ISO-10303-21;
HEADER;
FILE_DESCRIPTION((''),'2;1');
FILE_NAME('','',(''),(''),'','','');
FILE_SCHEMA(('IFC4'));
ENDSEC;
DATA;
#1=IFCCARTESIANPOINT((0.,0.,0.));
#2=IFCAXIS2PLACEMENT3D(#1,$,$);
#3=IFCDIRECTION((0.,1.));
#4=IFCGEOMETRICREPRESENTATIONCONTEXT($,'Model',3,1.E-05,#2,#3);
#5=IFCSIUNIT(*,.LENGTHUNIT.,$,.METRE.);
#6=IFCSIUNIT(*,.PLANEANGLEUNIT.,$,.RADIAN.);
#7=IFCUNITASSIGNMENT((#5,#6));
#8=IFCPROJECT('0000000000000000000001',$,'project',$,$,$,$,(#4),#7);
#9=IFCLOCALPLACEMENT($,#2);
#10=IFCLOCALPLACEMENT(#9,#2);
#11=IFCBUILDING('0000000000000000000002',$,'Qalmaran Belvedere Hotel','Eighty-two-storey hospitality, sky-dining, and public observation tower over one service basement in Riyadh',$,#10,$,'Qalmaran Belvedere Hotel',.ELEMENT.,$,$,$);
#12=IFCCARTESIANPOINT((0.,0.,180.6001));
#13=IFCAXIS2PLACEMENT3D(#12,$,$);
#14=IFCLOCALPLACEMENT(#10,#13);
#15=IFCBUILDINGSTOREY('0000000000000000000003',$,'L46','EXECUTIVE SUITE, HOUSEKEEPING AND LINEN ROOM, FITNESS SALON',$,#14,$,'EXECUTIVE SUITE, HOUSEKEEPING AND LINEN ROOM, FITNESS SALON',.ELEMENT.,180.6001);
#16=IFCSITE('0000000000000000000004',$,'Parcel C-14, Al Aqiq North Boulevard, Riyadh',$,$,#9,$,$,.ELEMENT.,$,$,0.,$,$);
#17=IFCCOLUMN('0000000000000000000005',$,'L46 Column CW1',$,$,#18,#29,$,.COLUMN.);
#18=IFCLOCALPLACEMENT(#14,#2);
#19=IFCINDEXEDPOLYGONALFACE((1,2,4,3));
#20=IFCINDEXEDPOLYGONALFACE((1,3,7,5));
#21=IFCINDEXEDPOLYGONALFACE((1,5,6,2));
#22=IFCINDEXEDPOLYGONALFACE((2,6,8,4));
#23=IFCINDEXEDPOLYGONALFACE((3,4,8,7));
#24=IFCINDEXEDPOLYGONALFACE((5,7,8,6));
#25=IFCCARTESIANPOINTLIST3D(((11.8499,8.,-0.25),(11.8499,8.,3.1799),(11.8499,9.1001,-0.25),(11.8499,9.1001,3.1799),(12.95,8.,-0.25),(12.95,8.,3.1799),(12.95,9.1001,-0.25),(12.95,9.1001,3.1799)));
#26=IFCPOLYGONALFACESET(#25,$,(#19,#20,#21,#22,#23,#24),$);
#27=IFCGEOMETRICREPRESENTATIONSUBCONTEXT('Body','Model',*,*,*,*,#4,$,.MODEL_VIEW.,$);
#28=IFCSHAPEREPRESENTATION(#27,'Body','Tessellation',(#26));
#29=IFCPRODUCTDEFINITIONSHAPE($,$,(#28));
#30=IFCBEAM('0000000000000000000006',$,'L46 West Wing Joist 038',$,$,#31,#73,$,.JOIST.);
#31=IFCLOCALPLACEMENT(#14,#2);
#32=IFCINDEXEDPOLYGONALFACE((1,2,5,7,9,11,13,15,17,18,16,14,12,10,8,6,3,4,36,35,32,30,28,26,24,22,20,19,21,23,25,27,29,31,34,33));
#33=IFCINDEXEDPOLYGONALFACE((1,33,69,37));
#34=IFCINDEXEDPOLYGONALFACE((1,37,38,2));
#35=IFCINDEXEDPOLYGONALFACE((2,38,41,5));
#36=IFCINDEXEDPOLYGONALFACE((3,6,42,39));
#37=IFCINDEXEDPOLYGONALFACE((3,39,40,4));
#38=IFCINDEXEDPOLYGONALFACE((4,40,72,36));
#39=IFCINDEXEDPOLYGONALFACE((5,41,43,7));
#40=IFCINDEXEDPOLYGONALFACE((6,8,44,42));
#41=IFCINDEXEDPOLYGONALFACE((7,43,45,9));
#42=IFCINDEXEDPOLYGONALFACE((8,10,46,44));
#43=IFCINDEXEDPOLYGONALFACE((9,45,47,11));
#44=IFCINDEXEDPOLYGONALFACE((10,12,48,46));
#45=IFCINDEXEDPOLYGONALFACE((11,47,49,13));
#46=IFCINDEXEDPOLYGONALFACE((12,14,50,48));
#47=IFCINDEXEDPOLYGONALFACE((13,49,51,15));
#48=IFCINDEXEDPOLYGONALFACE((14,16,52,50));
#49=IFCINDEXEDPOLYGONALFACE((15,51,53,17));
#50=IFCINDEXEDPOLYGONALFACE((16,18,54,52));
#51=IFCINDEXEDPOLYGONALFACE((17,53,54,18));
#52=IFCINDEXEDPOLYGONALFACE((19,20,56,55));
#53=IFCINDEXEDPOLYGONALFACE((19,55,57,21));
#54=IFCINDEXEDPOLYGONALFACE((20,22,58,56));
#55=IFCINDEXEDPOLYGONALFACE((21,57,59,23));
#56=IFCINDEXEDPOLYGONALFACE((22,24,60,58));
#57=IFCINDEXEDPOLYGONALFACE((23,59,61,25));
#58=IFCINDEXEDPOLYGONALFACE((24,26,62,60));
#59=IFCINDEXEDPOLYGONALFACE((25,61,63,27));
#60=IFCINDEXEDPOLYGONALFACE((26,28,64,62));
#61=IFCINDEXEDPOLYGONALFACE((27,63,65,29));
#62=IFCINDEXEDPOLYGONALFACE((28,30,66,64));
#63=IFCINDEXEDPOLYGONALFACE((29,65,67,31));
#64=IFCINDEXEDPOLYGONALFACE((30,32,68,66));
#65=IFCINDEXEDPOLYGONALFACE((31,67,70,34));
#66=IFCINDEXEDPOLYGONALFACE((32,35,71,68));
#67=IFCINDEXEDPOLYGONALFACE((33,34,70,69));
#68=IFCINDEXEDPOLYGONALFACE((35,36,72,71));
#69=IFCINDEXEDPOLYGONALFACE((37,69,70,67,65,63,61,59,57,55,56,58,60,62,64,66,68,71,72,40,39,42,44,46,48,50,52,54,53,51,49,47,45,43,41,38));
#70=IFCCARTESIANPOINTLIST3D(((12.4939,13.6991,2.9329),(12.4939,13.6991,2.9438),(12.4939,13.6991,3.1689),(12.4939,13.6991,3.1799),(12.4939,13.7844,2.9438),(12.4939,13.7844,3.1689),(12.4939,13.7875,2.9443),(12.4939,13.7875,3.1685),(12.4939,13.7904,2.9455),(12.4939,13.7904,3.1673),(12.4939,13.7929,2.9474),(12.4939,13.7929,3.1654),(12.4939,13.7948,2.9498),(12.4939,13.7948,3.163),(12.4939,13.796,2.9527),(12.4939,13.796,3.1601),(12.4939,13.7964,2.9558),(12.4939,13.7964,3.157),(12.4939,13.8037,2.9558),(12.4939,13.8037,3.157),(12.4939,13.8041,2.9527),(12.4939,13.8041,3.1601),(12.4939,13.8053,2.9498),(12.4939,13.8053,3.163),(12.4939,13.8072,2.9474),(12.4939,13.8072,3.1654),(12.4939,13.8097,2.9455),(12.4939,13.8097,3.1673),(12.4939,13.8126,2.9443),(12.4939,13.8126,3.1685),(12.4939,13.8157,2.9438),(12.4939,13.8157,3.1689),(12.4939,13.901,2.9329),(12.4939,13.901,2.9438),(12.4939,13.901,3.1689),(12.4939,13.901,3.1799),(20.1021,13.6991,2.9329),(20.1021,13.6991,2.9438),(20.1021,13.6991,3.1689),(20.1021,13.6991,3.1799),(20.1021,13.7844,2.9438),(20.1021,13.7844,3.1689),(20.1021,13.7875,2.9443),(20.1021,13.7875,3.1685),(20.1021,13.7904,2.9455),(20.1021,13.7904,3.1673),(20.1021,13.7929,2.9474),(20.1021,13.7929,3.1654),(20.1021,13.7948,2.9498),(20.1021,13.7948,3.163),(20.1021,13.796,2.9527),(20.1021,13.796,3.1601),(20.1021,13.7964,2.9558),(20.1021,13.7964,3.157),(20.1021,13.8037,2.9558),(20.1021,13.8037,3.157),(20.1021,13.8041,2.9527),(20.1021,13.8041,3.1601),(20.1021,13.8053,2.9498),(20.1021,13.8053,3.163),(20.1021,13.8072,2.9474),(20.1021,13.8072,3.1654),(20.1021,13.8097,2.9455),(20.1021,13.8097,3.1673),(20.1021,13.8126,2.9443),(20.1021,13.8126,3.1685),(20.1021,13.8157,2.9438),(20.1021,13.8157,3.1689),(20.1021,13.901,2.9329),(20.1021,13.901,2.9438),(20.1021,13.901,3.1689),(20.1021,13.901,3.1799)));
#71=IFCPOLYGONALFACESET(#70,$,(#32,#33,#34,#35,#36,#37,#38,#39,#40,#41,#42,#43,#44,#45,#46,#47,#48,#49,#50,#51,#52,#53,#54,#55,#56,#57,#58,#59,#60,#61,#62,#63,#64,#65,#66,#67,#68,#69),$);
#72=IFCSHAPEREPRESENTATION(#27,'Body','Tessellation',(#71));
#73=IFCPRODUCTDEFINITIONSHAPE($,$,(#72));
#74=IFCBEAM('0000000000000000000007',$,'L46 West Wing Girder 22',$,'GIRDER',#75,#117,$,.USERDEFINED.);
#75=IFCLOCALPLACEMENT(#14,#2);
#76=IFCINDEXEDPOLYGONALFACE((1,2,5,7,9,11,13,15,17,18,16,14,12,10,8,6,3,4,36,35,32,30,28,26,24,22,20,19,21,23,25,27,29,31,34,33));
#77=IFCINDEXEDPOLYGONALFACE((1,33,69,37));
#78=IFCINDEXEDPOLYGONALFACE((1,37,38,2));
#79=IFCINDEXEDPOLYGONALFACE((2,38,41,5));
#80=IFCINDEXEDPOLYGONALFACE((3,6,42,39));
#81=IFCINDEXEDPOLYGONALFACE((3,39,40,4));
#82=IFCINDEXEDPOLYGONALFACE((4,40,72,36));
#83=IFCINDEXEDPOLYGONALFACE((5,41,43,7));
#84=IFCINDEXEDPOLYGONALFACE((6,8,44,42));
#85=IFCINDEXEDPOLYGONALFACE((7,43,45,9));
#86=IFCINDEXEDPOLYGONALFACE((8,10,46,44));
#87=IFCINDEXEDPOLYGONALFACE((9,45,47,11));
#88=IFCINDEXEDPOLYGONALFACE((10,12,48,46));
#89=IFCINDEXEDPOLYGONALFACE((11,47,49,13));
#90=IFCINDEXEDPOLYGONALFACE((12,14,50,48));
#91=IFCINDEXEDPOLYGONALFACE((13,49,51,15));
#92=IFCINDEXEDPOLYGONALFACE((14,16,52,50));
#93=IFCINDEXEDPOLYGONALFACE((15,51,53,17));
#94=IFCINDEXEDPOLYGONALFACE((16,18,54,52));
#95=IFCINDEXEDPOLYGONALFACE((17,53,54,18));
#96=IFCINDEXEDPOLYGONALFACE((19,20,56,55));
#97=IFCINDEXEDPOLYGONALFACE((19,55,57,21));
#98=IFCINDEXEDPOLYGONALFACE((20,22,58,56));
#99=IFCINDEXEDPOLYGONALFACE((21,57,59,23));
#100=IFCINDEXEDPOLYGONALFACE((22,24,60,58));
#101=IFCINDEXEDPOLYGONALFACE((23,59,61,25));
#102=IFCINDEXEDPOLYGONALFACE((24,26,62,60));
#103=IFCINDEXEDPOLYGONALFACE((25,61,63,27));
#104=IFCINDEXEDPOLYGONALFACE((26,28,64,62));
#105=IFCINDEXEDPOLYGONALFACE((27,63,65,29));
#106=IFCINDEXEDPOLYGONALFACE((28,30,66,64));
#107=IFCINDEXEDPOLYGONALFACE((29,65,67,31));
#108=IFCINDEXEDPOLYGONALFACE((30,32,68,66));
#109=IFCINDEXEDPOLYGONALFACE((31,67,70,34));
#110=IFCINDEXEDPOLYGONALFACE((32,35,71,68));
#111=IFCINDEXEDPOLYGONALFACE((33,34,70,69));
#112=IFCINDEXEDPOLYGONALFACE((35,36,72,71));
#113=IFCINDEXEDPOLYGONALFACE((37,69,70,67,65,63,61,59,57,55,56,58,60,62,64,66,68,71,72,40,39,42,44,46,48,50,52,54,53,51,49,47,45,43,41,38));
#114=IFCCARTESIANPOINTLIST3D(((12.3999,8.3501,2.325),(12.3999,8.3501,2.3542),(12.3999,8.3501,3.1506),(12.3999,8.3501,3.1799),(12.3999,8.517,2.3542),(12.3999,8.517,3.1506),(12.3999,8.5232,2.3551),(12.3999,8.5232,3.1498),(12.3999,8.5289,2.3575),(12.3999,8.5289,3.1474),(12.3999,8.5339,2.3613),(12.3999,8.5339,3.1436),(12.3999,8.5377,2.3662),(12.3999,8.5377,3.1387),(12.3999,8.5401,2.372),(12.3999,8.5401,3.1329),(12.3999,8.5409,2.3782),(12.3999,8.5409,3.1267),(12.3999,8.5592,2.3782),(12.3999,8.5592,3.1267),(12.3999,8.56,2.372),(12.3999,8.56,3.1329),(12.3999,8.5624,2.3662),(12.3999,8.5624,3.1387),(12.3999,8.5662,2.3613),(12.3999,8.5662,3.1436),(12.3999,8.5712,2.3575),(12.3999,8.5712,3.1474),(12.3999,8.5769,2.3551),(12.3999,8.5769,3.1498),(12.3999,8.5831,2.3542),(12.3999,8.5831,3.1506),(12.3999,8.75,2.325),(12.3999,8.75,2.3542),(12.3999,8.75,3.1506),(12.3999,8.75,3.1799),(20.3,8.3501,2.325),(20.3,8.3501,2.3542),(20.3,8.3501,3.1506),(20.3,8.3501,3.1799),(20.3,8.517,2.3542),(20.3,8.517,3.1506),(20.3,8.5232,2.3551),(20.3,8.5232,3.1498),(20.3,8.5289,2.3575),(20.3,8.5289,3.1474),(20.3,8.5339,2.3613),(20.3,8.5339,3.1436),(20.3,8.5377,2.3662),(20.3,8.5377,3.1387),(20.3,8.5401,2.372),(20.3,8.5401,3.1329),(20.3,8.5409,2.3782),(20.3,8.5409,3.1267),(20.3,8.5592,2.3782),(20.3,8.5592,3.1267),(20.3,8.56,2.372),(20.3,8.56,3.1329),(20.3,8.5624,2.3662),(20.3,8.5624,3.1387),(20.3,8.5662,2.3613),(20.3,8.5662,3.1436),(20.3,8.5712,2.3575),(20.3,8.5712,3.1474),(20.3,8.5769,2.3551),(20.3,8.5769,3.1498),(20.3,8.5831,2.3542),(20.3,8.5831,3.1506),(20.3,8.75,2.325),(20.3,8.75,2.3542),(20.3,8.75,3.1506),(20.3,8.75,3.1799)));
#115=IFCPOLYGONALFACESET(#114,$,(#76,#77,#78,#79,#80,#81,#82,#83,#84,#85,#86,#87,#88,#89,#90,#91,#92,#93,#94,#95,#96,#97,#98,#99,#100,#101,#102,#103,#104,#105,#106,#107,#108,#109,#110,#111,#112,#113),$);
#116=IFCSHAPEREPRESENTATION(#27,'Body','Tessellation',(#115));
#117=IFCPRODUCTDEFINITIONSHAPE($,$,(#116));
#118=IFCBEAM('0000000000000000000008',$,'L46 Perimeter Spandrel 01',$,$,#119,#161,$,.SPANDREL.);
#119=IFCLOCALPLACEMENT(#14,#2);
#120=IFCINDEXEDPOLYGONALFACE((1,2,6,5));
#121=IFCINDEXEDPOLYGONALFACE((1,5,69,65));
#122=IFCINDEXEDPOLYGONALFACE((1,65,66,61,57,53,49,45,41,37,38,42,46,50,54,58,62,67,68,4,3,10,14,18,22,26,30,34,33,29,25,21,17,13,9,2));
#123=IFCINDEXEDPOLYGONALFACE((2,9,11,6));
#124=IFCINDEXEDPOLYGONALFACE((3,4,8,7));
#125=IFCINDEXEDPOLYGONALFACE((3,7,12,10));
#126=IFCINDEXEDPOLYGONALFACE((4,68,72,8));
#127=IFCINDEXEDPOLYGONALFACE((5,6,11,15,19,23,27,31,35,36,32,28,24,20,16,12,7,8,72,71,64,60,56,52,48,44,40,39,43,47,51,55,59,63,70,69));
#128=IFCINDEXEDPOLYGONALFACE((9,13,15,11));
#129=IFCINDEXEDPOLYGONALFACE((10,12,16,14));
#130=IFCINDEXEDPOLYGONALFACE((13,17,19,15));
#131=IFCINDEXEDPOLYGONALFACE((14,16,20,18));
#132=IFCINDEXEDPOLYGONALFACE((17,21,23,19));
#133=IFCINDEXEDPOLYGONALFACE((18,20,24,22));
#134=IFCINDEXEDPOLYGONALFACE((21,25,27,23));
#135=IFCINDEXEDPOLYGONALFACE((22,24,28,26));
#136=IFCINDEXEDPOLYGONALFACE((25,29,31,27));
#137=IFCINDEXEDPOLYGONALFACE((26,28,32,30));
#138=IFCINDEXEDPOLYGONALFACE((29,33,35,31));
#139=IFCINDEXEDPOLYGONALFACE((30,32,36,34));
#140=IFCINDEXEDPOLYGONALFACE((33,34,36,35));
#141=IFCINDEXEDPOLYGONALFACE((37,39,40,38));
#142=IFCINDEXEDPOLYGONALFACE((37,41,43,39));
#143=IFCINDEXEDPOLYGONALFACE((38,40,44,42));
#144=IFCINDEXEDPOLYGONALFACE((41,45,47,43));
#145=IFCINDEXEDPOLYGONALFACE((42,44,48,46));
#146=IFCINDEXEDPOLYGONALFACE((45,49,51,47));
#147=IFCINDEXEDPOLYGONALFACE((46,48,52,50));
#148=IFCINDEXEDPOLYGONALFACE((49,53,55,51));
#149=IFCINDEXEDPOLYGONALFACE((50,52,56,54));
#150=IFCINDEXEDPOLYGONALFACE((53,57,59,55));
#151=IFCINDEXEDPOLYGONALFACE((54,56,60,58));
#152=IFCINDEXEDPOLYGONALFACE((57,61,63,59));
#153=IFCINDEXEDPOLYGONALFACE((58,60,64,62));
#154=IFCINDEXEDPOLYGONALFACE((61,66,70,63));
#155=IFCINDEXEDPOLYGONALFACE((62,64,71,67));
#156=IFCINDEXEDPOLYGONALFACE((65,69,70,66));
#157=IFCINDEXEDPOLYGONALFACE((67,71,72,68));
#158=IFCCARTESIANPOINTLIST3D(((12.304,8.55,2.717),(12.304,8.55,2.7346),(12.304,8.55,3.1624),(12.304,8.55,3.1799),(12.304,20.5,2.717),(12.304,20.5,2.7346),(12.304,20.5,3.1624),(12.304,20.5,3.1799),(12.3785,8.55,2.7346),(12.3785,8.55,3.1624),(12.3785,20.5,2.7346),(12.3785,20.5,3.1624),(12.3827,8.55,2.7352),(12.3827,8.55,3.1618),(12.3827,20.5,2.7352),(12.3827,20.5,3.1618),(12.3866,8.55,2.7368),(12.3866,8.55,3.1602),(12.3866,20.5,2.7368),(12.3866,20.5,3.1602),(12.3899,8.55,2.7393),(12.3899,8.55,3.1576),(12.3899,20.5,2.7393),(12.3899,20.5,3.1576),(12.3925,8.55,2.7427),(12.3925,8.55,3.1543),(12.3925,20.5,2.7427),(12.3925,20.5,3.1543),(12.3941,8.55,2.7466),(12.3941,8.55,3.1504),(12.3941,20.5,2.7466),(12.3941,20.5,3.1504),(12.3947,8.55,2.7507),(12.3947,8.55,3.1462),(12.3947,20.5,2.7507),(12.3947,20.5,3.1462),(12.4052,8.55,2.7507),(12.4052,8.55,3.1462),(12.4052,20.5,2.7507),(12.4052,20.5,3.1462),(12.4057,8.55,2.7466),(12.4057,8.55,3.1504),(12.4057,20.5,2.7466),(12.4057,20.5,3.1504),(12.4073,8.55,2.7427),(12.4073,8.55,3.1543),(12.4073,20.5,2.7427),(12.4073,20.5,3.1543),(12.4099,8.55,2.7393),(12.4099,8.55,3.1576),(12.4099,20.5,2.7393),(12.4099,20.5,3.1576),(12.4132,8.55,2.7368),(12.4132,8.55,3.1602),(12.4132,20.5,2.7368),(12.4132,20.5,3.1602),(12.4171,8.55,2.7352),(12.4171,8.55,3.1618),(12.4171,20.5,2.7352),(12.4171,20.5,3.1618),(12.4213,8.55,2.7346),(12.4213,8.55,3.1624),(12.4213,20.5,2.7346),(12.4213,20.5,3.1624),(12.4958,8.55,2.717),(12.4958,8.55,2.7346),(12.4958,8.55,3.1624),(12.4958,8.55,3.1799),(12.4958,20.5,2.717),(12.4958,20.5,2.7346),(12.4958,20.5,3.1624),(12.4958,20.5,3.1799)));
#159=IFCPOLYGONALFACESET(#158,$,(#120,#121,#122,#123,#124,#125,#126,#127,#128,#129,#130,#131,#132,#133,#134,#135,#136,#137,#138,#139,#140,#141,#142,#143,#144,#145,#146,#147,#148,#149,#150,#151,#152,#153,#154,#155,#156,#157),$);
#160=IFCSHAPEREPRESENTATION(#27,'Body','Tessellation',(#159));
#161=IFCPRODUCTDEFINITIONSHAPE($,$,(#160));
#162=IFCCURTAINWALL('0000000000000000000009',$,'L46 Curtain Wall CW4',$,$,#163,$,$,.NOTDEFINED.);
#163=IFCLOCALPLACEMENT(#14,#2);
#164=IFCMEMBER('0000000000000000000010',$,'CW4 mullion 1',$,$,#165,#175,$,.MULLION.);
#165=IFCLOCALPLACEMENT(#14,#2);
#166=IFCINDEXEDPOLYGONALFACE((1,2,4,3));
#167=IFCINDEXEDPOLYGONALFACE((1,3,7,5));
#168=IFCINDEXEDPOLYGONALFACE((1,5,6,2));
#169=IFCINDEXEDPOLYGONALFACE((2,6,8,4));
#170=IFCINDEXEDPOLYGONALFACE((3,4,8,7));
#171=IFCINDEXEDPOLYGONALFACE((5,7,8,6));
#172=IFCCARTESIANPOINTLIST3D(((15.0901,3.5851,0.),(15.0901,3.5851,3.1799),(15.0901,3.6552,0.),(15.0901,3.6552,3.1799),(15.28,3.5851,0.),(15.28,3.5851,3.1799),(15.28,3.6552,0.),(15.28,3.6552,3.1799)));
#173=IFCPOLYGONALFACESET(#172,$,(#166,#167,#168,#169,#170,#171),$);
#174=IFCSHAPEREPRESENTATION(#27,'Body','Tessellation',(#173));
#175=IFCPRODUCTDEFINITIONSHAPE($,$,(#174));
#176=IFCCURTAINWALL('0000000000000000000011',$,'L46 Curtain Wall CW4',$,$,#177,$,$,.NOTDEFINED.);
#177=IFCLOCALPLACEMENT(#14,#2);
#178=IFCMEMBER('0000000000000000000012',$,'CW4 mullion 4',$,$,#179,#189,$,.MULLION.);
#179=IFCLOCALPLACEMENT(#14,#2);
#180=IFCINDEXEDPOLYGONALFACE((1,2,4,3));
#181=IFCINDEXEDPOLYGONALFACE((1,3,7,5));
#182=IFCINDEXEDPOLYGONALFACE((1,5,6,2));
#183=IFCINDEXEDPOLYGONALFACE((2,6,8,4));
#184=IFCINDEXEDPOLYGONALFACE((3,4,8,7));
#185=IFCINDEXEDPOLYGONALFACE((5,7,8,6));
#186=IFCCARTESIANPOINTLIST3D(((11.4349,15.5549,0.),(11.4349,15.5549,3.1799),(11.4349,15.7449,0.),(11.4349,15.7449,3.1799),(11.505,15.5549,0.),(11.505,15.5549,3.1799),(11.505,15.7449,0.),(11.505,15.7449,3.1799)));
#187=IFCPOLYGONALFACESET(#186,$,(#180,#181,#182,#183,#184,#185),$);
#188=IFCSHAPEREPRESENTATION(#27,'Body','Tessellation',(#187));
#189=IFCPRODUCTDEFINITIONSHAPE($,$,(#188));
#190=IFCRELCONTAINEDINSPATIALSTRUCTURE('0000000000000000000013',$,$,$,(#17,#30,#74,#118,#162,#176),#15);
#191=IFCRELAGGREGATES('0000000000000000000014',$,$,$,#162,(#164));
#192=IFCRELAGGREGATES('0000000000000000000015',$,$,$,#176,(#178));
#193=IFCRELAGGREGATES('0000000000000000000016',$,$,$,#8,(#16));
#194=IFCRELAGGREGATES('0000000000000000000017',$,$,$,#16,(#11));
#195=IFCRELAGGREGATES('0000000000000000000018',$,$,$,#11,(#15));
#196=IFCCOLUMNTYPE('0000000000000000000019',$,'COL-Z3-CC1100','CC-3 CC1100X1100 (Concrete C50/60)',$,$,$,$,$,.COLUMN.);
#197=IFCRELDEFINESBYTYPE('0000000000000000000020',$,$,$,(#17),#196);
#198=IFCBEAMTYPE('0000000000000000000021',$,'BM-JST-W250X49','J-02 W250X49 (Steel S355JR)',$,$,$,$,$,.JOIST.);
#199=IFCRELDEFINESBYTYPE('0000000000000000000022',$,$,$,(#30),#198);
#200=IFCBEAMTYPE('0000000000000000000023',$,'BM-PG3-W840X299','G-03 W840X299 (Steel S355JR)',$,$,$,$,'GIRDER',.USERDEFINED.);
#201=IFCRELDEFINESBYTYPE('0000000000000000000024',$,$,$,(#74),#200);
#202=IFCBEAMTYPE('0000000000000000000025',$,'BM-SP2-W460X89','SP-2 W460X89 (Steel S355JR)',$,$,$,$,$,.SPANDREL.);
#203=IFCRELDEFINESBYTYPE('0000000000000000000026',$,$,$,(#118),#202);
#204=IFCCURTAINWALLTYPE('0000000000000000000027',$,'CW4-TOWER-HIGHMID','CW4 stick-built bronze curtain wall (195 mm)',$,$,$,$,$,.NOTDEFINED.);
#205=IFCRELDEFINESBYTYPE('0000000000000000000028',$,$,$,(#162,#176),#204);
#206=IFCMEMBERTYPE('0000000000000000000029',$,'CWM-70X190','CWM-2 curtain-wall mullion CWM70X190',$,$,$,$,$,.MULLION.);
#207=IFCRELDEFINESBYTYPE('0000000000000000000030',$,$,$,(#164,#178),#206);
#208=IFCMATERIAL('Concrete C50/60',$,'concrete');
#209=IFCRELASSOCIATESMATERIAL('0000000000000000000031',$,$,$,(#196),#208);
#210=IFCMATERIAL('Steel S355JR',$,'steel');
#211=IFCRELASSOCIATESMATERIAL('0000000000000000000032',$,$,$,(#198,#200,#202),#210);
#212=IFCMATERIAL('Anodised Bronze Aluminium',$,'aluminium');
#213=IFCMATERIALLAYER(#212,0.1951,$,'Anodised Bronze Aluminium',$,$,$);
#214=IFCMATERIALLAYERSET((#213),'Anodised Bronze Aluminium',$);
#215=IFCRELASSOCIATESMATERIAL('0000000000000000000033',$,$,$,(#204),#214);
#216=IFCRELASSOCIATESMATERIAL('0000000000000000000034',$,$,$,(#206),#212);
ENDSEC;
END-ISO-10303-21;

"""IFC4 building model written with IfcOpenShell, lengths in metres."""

from ifc_helpers import new_model, si_unit, direction, frame, origin, origin_2d, place, context, subcontext, project, spatial, rectangle, i_section, extrude, material, layer, layer_set, material_profile, profile_set, type_object, element, aggregate, save


model = new_model("IFC4")

# Units and contexts
model_context = context("Model", 3, precision=1e-05, world=origin(), true_north=direction((0.0, 1.0)))
body_context = subcontext(model_context, "Body", "Model", "MODEL_VIEW")
ifc_project = project(units=[si_unit("LENGTHUNIT", "METRE"), si_unit("PLANEANGLEUNIT", "RADIAN")], contexts=[model_context])

# Site, building, storey
site_placement = place(None, origin())
site = spatial("IfcSite", under=ifc_project, at=site_placement, Name="Parcel C-14, Al Aqiq North Boulevard, Riyadh", CompositionType="ELEMENT", RefElevation=0.0)
building_placement = place(site_placement, origin())
building = spatial("IfcBuilding", under=site, at=building_placement, Name="Qalmaran Belvedere Hotel", Description="Eighty-two-storey hospitality, sky-dining, and public observation tower over one service basement in Riyadh", LongName="Qalmaran Belvedere Hotel", CompositionType="ELEMENT")
storey_placement = place(building_placement, frame((0.0, 0.0, 180.6001)))
storey = spatial("IfcBuildingStorey", under=building, at=storey_placement, Name="L46", Description="EXECUTIVE SUITE, HOUSEKEEPING AND LINEN ROOM, FITNESS SALON", LongName="EXECUTIVE SUITE, HOUSEKEEPING AND LINEN ROOM, FITNESS SALON", CompositionType="ELEMENT", Elevation=180.6001)

# Column
ifc_material_1 = material(Name="Concrete C50/60", Category="concrete")
ifc_material_profile_1 = material_profile(ifc_material_1, rectangle(XDim=1.1001, YDim=1.1001, at=origin_2d()), Name="CC1100X1100")
ifc_profile_set_1 = profile_set([ifc_material_profile_1], Name="Concrete C50/60")
column_type = type_object("IfcColumnType", Name="COL-Z3-CC1100", Description="CC-3 CC1100X1100 (Concrete C50/60)", PredefinedType="COLUMN", material=ifc_profile_set_1)
column_placement = place(storey_placement, frame((12.3999, 8.55, -0.25), z_axis=(0.0, 0.0, 1.0), x_axis=(1.0, 0.0, 0.0)))
element("IfcColumn", 1, at=column_placement, inside=storey, type_object=column_type, Name="L46 Column CW1", PredefinedType="COLUMN", context=body_context, shape_type="SweptSolid", body=[
    extrude(rectangle(XDim=1.1001, YDim=1.1001, at=origin_2d()), origin(), (0.0, 0.0, 1.0), 3.4299),
])

# Beams
ifc_material_2 = material(Name="Steel S355JR", Category="steel")
ifc_material_profile_2 = material_profile(ifc_material_2, i_section(OverallWidth=0.2019, OverallDepth=0.2471, WebThickness=0.0073, FlangeThickness=0.011, FilletRadius=0.012, at=origin_2d()), Name="W250X49")
ifc_profile_set_2 = profile_set([ifc_material_profile_2], Name="Steel S355JR")
beam_type_1 = type_object("IfcBeamType", Name="BM-JST-W250X49", Description="J-02 W250X49 (Steel S355JR)", PredefinedType="JOIST", material=ifc_profile_set_2)
beam_1_placement = place(storey_placement, frame((12.4939, 13.8, 3.0564), z_axis=(1.0, 0.0, 0.0), x_axis=(0.0, 1.0, 0.0)))
element("IfcBeam", 2, at=beam_1_placement, inside=storey, type_object=beam_type_1, Name="L46 West Wing Joist 038", PredefinedType="JOIST", context=body_context, shape_type="SweptSolid", body=[
    extrude(i_section(OverallWidth=0.2019, OverallDepth=0.2471, WebThickness=0.0073, FlangeThickness=0.011, FilletRadius=0.012, at=origin_2d()), origin(), (0.0, 0.0, 1.0), 7.6082),
])
ifc_material_profile_3 = material_profile(ifc_material_2, i_section(OverallWidth=0.3999, OverallDepth=0.855, WebThickness=0.0183, FlangeThickness=0.0293, FilletRadius=0.0239, at=origin_2d()), Name="W840X299")
ifc_profile_set_3 = profile_set([ifc_material_profile_3], Name="Steel S355JR")
beam_type_2 = type_object("IfcBeamType", Name="BM-PG3-W840X299", Description="G-03 W840X299 (Steel S355JR)", ElementType="GIRDER", PredefinedType="USERDEFINED", material=ifc_profile_set_3)
beam_2_placement = place(storey_placement, frame((12.3999, 8.55, 2.7524), z_axis=(1.0, 0.0, 0.0), x_axis=(0.0, 1.0, 0.0)))
element("IfcBeam", 3, at=beam_2_placement, inside=storey, type_object=beam_type_2, Name="L46 West Wing Girder 22", ObjectType="GIRDER", PredefinedType="USERDEFINED", context=body_context, shape_type="SweptSolid", body=[
    extrude(i_section(OverallWidth=0.3999, OverallDepth=0.855, WebThickness=0.0183, FlangeThickness=0.0293, FilletRadius=0.0239, at=origin_2d()), origin(), (0.0, 0.0, 1.0), 7.9001),
])
ifc_material_profile_4 = material_profile(ifc_material_2, i_section(OverallWidth=0.1919, OverallDepth=0.4629, WebThickness=0.0105, FlangeThickness=0.0176, FilletRadius=0.0161, at=origin_2d()), Name="W460X89")
ifc_profile_set_4 = profile_set([ifc_material_profile_4], Name="Steel S355JR")
beam_type_3 = type_object("IfcBeamType", Name="BM-SP2-W460X89", Description="SP-2 W460X89 (Steel S355JR)", PredefinedType="SPANDREL", material=ifc_profile_set_4)
beam_3_placement = place(storey_placement, frame((12.3999, 8.55, 2.9485), z_axis=(0.0, 1.0, 0.0), x_axis=(-1.0, 0.0, 0.0)))
element("IfcBeam", 4, at=beam_3_placement, inside=storey, type_object=beam_type_3, Name="L46 Perimeter Spandrel 01", PredefinedType="SPANDREL", context=body_context, shape_type="SweptSolid", body=[
    extrude(i_section(OverallWidth=0.1919, OverallDepth=0.4629, WebThickness=0.0105, FlangeThickness=0.0176, FilletRadius=0.0161, at=origin_2d()), origin(), (0.0, 0.0, 1.0), 11.95),
])

# Curtain wall, member
ifc_material_3 = material(Name="Anodised Bronze Aluminium", Category="aluminium")
ifc_layer_1 = layer(ifc_material_3, 0.1951, Name="Anodised Bronze Aluminium")
ifc_layer_set_1 = layer_set([ifc_layer_1], Name="Anodised Bronze Aluminium")
curtain_wall_type = type_object("IfcCurtainWallType", Name="CW4-TOWER-HIGHMID", Description="CW4 stick-built bronze curtain wall (195 mm)", PredefinedType="NOTDEFINED", material=ifc_layer_set_1)
curtain_wall_1_placement = place(storey_placement, origin())
curtain_wall_1 = element("IfcCurtainWall", 5, at=curtain_wall_1_placement, inside=storey, type_object=curtain_wall_type, Name="L46 Curtain Wall CW4", PredefinedType="NOTDEFINED")
ifc_material_profile_5 = material_profile(ifc_material_3, rectangle(XDim=0.0701, YDim=0.1899, at=origin_2d()), Name="CWM70X190")
ifc_profile_set_5 = profile_set([ifc_material_profile_5], Name="Anodised Bronze Aluminium")
member_type_1 = type_object("IfcMemberType", Name="CWM-70X190", Description="CWM-2 curtain-wall mullion CWM70X190", PredefinedType="MULLION", material=ifc_profile_set_5)
member_1_placement = place(storey_placement, frame((15.1851, 3.6201, 0.0), z_axis=(0.0, 0.0, 1.0), x_axis=(0.0, 1.0, 0.0)))
member_1 = element("IfcMember", 6, at=member_1_placement, type_object=member_type_1, Name="CW4 mullion 1", PredefinedType="MULLION", context=body_context, shape_type="SweptSolid", body=[
    extrude(rectangle(XDim=0.0701, YDim=0.1899, at=origin_2d()), origin(), (0.0, 0.0, 1.0), 3.1799),
])

# Curtain wall, member
curtain_wall_2_placement = place(storey_placement, origin())
curtain_wall_2 = element("IfcCurtainWall", 7, at=curtain_wall_2_placement, inside=storey, type_object=curtain_wall_type, Name="L46 Curtain Wall CW4", PredefinedType="NOTDEFINED")
member_2_placement = place(storey_placement, frame((11.47, 15.6499, 0.0), z_axis=(0.0, 0.0, 1.0), x_axis=(1.0, 0.0, 0.0)))
member_2 = element("IfcMember", 8, at=member_2_placement, type_object=member_type_1, Name="CW4 mullion 4", PredefinedType="MULLION", context=body_context, shape_type="SweptSolid", body=[
    extrude(rectangle(XDim=0.0701, YDim=0.1899, at=origin_2d()), origin(), (0.0, 0.0, 1.0), 3.1799),
])

aggregate(curtain_wall_1, [member_1])

aggregate(curtain_wall_2, [member_2])

save(model, "model.ifc")
